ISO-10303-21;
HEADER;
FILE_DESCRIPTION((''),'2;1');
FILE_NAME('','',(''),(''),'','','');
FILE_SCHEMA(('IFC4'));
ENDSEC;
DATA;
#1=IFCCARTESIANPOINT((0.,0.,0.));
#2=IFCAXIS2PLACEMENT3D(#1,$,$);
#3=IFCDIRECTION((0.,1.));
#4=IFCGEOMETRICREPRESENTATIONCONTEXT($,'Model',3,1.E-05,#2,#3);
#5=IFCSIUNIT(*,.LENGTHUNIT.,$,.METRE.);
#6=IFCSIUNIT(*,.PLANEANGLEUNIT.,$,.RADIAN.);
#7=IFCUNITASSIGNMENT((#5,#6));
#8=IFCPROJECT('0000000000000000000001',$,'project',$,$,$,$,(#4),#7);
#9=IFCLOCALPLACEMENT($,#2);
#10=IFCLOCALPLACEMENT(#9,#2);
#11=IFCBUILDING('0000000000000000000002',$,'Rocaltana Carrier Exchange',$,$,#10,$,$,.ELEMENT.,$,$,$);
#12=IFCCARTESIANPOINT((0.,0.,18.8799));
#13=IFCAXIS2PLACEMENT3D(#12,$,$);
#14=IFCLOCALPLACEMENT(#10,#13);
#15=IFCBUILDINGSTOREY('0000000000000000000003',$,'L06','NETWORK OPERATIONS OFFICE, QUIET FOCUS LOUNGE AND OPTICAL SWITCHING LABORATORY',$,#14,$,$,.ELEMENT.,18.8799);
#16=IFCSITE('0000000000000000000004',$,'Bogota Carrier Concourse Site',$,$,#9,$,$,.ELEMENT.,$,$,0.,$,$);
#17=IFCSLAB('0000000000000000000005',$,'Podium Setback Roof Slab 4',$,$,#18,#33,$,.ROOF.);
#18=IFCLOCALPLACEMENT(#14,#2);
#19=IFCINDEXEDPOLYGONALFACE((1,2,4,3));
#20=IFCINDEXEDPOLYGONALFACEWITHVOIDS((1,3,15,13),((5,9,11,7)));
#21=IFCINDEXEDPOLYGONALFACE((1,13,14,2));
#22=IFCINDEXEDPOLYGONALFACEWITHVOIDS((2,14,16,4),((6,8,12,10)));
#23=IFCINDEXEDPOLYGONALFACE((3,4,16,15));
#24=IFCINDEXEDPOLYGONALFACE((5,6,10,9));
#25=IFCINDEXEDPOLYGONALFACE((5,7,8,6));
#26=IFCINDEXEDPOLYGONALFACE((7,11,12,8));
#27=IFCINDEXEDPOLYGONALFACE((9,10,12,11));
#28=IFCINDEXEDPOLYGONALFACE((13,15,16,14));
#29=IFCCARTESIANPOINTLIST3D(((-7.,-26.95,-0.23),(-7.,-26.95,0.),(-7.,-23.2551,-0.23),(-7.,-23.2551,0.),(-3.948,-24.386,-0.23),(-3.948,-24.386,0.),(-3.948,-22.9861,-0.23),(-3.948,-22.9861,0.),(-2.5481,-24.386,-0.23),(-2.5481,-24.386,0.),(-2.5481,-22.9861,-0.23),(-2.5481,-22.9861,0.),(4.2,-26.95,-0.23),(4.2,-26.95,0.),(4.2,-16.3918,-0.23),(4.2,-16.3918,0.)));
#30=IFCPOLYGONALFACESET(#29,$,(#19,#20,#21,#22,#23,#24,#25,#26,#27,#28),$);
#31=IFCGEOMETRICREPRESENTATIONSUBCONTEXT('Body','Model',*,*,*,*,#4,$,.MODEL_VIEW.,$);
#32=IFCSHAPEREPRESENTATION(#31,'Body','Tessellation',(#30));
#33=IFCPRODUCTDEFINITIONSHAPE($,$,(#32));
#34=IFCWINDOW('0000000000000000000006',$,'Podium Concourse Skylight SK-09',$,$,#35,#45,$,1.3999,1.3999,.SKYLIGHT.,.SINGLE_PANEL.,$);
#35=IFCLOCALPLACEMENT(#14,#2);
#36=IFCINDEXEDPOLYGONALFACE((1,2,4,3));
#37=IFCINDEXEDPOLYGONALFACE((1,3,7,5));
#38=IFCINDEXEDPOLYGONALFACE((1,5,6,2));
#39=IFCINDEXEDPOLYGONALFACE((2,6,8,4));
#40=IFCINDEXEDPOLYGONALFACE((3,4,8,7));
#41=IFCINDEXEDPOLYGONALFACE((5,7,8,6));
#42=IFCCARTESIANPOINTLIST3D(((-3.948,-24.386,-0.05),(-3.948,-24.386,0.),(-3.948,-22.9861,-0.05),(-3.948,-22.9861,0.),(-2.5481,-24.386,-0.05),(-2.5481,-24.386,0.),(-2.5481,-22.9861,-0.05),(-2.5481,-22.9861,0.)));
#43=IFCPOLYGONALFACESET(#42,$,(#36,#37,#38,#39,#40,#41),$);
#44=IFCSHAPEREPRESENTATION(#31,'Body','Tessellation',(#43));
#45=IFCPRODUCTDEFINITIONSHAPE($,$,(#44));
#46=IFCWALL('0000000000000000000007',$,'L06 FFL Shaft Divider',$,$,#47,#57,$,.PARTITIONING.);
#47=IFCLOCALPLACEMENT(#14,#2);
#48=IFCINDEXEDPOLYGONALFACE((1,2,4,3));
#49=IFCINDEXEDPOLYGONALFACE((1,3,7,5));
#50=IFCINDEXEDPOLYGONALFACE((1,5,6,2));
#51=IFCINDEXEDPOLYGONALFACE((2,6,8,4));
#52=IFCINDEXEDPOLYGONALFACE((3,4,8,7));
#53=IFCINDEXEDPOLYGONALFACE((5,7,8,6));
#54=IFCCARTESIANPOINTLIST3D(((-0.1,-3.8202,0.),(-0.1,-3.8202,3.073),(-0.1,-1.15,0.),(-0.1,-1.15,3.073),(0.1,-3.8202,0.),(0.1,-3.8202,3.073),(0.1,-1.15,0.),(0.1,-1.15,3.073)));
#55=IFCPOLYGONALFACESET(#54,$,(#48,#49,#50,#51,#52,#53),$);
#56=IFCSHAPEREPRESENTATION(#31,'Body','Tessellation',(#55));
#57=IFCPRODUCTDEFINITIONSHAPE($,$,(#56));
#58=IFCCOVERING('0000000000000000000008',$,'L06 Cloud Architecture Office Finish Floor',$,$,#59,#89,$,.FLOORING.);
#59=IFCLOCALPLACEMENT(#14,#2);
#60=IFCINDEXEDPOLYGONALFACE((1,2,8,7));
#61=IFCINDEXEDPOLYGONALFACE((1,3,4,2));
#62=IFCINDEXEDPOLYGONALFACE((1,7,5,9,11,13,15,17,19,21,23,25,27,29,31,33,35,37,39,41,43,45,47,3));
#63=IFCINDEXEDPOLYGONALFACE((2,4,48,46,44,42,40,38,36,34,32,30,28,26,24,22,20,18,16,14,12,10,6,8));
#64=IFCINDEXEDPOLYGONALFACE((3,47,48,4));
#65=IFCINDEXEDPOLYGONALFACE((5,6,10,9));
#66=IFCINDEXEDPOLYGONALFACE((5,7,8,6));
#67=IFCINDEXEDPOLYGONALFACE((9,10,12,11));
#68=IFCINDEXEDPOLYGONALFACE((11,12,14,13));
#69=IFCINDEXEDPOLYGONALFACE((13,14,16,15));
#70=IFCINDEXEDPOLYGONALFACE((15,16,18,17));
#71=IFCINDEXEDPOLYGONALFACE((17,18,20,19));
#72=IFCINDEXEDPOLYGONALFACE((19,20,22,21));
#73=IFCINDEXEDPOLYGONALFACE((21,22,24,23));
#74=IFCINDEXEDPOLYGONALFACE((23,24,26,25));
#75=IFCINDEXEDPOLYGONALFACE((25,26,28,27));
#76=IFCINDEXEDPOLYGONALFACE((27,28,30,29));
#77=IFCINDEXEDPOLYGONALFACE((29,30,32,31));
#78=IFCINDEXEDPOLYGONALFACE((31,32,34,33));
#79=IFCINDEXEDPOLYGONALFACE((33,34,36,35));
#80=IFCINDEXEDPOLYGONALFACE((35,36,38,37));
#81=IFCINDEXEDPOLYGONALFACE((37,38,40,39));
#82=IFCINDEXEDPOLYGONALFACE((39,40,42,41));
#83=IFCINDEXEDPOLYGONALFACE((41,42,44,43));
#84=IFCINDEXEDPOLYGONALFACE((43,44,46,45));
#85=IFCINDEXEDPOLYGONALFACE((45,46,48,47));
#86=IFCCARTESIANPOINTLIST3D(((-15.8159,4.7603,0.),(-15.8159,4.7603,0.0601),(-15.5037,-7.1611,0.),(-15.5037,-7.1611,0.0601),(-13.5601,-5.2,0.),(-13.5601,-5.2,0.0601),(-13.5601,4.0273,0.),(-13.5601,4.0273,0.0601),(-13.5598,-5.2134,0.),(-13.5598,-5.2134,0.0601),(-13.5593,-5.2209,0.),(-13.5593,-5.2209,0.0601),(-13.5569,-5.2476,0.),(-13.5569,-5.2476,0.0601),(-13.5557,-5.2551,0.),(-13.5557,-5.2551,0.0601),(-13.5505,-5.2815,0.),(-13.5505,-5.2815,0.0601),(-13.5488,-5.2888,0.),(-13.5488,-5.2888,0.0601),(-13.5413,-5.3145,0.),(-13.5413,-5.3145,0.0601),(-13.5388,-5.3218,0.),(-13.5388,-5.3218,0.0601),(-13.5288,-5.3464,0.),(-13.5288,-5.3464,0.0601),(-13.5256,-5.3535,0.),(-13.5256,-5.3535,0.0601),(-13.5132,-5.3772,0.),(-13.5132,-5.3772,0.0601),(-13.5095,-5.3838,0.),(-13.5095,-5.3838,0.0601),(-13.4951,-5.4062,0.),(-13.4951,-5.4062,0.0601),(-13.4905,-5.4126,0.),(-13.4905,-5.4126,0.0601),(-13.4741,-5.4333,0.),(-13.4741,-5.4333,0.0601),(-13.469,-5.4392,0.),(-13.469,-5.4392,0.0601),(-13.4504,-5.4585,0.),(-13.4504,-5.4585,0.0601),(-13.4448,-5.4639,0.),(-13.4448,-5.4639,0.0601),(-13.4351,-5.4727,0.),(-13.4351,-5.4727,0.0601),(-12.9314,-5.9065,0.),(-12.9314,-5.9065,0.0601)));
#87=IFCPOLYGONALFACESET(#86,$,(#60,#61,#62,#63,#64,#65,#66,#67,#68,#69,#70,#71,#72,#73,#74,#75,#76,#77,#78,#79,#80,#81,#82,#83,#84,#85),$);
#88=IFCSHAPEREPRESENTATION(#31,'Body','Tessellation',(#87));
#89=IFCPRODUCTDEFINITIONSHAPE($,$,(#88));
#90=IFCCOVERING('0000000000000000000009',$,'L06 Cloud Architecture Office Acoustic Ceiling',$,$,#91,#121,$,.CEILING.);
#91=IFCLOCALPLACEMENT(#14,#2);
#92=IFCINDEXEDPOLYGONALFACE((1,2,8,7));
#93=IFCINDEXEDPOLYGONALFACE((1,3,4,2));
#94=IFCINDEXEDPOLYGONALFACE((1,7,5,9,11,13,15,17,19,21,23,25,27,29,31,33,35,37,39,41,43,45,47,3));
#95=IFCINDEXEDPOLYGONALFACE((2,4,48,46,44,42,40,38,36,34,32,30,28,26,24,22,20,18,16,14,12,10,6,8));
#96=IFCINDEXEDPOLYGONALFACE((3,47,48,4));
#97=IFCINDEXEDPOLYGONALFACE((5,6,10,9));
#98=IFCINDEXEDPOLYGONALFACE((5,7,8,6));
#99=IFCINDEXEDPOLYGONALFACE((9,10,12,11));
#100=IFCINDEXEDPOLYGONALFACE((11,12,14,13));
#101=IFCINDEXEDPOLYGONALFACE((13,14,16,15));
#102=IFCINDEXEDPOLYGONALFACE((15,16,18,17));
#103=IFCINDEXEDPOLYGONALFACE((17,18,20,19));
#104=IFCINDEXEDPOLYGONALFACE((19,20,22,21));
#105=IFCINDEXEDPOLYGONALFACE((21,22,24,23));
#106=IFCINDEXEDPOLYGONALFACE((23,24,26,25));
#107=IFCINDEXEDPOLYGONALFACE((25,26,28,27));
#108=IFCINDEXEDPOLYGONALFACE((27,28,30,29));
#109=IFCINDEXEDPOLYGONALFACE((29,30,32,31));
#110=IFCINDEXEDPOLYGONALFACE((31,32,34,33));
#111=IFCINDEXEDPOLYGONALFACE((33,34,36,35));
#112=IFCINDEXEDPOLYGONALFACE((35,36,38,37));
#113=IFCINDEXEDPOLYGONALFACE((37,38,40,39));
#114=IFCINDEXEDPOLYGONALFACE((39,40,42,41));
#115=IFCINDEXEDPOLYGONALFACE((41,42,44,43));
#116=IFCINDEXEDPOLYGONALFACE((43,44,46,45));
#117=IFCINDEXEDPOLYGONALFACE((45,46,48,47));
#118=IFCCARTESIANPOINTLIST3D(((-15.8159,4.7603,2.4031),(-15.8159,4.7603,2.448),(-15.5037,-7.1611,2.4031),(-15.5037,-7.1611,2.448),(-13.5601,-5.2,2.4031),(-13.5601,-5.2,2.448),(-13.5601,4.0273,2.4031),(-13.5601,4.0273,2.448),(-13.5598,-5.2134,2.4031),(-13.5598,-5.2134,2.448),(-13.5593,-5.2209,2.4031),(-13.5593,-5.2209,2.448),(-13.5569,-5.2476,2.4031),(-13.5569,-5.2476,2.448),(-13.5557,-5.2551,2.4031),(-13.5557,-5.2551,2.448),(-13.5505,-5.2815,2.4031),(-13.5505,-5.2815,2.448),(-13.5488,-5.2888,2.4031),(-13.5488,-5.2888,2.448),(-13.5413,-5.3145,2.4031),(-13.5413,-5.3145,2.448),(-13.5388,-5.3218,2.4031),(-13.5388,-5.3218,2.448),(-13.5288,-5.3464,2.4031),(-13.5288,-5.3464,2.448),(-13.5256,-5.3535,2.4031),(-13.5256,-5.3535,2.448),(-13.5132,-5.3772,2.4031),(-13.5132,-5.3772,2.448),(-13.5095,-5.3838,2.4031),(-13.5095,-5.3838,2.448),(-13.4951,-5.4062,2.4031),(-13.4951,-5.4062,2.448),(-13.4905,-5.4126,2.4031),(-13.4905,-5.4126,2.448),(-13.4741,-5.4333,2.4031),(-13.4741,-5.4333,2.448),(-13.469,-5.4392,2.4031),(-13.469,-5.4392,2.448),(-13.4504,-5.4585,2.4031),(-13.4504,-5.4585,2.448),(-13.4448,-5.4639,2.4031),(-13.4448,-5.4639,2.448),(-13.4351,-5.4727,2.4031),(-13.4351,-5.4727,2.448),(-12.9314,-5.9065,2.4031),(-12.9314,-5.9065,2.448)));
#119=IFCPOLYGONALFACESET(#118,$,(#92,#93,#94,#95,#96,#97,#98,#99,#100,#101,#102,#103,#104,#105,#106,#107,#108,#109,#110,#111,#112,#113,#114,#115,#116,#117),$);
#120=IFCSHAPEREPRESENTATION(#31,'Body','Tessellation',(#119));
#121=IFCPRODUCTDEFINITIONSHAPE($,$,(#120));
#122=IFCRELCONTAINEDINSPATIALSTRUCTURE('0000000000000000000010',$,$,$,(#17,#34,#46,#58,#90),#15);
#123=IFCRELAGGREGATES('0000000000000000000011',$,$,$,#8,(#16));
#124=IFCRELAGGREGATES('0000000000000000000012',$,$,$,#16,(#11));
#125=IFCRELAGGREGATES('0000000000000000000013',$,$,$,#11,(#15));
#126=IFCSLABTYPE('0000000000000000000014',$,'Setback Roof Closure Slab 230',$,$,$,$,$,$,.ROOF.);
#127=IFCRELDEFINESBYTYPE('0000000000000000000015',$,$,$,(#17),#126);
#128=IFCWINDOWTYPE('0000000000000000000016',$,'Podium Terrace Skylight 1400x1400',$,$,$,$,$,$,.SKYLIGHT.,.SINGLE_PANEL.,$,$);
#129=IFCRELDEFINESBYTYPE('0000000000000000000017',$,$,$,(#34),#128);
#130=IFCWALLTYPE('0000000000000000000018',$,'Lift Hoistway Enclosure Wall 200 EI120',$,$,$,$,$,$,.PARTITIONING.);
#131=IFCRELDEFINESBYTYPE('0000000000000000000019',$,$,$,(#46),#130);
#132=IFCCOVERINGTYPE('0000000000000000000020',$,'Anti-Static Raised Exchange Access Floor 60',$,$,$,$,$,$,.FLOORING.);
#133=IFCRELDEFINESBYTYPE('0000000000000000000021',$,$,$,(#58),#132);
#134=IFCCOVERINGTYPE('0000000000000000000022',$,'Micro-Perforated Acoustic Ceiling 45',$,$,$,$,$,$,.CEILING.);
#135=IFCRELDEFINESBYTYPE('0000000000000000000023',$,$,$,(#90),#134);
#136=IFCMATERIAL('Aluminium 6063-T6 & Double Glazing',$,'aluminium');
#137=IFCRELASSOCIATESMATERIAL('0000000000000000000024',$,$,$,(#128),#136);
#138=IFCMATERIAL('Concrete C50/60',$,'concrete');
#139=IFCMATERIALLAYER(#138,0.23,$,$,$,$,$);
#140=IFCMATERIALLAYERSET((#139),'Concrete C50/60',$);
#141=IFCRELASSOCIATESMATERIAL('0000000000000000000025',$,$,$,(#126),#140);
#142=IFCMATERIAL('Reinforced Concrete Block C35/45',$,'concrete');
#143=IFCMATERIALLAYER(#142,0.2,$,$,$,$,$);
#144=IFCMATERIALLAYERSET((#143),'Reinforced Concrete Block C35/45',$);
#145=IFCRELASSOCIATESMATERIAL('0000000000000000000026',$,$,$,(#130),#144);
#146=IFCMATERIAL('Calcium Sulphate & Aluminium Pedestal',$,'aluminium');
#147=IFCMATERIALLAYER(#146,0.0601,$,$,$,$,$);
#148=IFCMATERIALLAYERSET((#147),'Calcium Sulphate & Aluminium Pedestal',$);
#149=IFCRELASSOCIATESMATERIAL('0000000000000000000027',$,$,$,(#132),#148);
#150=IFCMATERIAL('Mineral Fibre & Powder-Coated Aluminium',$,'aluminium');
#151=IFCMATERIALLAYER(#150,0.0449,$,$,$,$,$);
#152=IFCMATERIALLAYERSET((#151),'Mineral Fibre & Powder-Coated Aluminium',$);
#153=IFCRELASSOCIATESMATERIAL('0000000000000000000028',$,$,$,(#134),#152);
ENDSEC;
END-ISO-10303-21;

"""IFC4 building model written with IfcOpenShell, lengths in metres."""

from ifc_helpers import new_model, si_unit, direction, frame, frame_2d, origin, origin_2d, place, context, subcontext, project, spatial, polyline, rectangle, outline, extrude, material, layer, layer_set, type_object, element, fill, save


model = new_model("IFC4")

# Units and contexts
model_context = context("Model", 3, precision=1e-05, world=origin(), true_north=direction((0.0, 1.0)))
body_context = subcontext(model_context, "Body", "Model", "MODEL_VIEW")
ifc_project = project(units=[si_unit("LENGTHUNIT", "METRE"), si_unit("PLANEANGLEUNIT", "RADIAN")], contexts=[model_context])

# Site, building, storey
site_placement = place(None, origin())
site = spatial("IfcSite", under=ifc_project, at=site_placement, Name="Bogota Carrier Concourse Site", CompositionType="ELEMENT", RefElevation=0.0)
building_placement = place(site_placement, origin())
building = spatial("IfcBuilding", under=site, at=building_placement, Name="Rocaltana Carrier Exchange", CompositionType="ELEMENT")
storey_placement = place(building_placement, frame((0.0, 0.0, 18.8799)))
storey = spatial("IfcBuildingStorey", under=building, at=storey_placement, Name="L06", Description="NETWORK OPERATIONS OFFICE, QUIET FOCUS LOUNGE AND OPTICAL SWITCHING LABORATORY", CompositionType="ELEMENT", Elevation=18.8799)

# Shared definitions
ifc_material_1 = material(Name="Aluminium 6063-T6 & Double Glazing", Category="aluminium")
window_type = type_object("IfcWindowType", Name="Podium Terrace Skylight 1400x1400", PartitioningType="SINGLE_PANEL", PredefinedType="SKYLIGHT", material=ifc_material_1)

# Shared definitions
ifc_material_2 = material(Name="Concrete C50/60", Category="concrete")
ifc_layer_1 = layer(ifc_material_2, 0.23)
ifc_layer_set_1 = layer_set([ifc_layer_1], Name="Concrete C50/60")
slab_type_1 = type_object("IfcSlabType", Name="Setback Roof Closure Slab 230", PredefinedType="ROOF", material=ifc_layer_set_1)

# Slab, opening, window
slab_1_placement = place(storey_placement, frame((0.0, 0.0, -0.23)))
slab_1 = element("IfcSlab", 1, at=slab_1_placement, inside=storey, type_object=slab_type_1, Name="Podium Setback Roof Slab 4", PredefinedType="ROOF", context=body_context, shape_type="SweptSolid", body=[
    extrude(outline(polyline([(-7.0, -26.95), (-7.0, -23.2551), (4.2, -16.3918), (4.2, -26.95), (-7.0, -26.95)])), origin(), (0.0, 0.0, 1.0), 0.23),
])
opening_1_placement = place(slab_1_placement, frame((-3.248, -23.686, 0.0)))
opening_1 = element("IfcOpeningElement", 2, at=opening_1_placement, cuts=slab_1, PredefinedType="OPENING", context=body_context, shape_type="SweptSolid", body=[
    extrude(rectangle(XDim=1.3999, YDim=1.3999, at=origin_2d()), origin(), (0.0, 0.0, 1.0), 0.23),
])
window_1_placement = place(opening_1_placement, frame((0.0, 0.0, 0.1799)))
window_1 = element("IfcWindow", 3, at=window_1_placement, inside=storey, type_object=window_type, Name="Podium Concourse Skylight SK-09", OverallHeight=1.3999, OverallWidth=1.3999, PartitioningType="SINGLE_PANEL", PredefinedType="SKYLIGHT", context=body_context, shape_type="SweptSolid", body=[
    extrude(rectangle(XDim=1.3999, YDim=1.3999, at=origin_2d()), origin(), (0.0, 0.0, 1.0), 0.05),
])
fill(opening_1, window_1)

# Wall
ifc_material_3 = material(Name="Reinforced Concrete Block C35/45", Category="concrete")
ifc_layer_2 = layer(ifc_material_3, 0.2)
ifc_layer_set_2 = layer_set([ifc_layer_2], Name="Reinforced Concrete Block C35/45")
wall_type = type_object("IfcWallType", Name="Lift Hoistway Enclosure Wall 200 EI120", PredefinedType="PARTITIONING", material=ifc_layer_set_2)
wall_placement = place(storey_placement, frame((0.0, -3.8201, 0.0), z_axis=(0.0, 0.0, 1.0), x_axis=(0.0, 1.0, 0.0)))
element("IfcWall", 4, at=wall_placement, inside=storey, type_object=wall_type, Name="L06 FFL Shaft Divider", PredefinedType="PARTITIONING", context=body_context, shape_type="SweptSolid", body=[
    extrude(rectangle(XDim=2.6702, YDim=0.2, at=frame_2d((1.335, 0.0))), origin(), (0.0, 0.0, 1.0), 3.073),
])

# Coverings
ifc_material_4 = material(Name="Calcium Sulphate & Aluminium Pedestal", Category="aluminium")
ifc_layer_3 = layer(ifc_material_4, 0.0601)
ifc_layer_set_3 = layer_set([ifc_layer_3], Name="Calcium Sulphate & Aluminium Pedestal")
covering_type_1 = type_object("IfcCoveringType", Name="Anti-Static Raised Exchange Access Floor 60", PredefinedType="FLOORING", material=ifc_layer_set_3)
covering_1_placement = place(storey_placement, origin())
element("IfcCovering", 5, at=covering_1_placement, inside=storey, type_object=covering_type_1, Name="L06 Cloud Architecture Office Finish Floor", PredefinedType="FLOORING", context=body_context, shape_type="SweptSolid", body=[
    extrude(outline(polyline([(-15.8159, 4.7603), (-13.5601, 4.0273), (-13.5601, -5.2), (-13.5598, -5.2134), (-13.5593, -5.2209), (-13.5569, -5.2476), (-13.5557, -5.2551), (-13.5505, -5.2815), (-13.5488, -5.2888), (-13.5413, -5.3145), (-13.5388, -5.3218), (-13.5288, -5.3464), (-13.5256, -5.3535), (-13.5132, -5.3772), (-13.5095, -5.3838), (-13.4951, -5.4062), (-13.4905, -5.4126), (-13.4741, -5.4333), (-13.469, -5.4392), (-13.4504, -5.4585), (-13.4448, -5.4639), (-13.4351, -5.4727), (-12.9314, -5.9065), (-15.5037, -7.1611), (-15.8159, 4.7603)])), origin(), (0.0, 0.0, 1.0), 0.0601),
])
ifc_material_5 = material(Name="Mineral Fibre & Powder-Coated Aluminium", Category="aluminium")
ifc_layer_4 = layer(ifc_material_5, 0.0449)
ifc_layer_set_4 = layer_set([ifc_layer_4], Name="Mineral Fibre & Powder-Coated Aluminium")
covering_type_2 = type_object("IfcCoveringType", Name="Micro-Perforated Acoustic Ceiling 45", PredefinedType="CEILING", material=ifc_layer_set_4)
covering_2_placement = place(storey_placement, frame((0.0, 0.0, 2.4031)))
element("IfcCovering", 6, at=covering_2_placement, inside=storey, type_object=covering_type_2, Name="L06 Cloud Architecture Office Acoustic Ceiling", PredefinedType="CEILING", context=body_context, shape_type="SweptSolid", body=[
    extrude(outline(polyline([(-15.8159, 4.7603), (-13.5601, 4.0273), (-13.5601, -5.2), (-13.5598, -5.2134), (-13.5593, -5.2209), (-13.5569, -5.2476), (-13.5557, -5.2551), (-13.5505, -5.2815), (-13.5488, -5.2888), (-13.5413, -5.3145), (-13.5388, -5.3218), (-13.5288, -5.3464), (-13.5256, -5.3535), (-13.5132, -5.3772), (-13.5095, -5.3838), (-13.4951, -5.4062), (-13.4905, -5.4126), (-13.4741, -5.4333), (-13.469, -5.4392), (-13.4504, -5.4585), (-13.4448, -5.4639), (-13.4351, -5.4727), (-12.9314, -5.9065), (-15.5037, -7.1611), (-15.8159, 4.7603)])), origin(), (0.0, 0.0, 1.0), 0.0449),
])

save(model, "model.ifc")
